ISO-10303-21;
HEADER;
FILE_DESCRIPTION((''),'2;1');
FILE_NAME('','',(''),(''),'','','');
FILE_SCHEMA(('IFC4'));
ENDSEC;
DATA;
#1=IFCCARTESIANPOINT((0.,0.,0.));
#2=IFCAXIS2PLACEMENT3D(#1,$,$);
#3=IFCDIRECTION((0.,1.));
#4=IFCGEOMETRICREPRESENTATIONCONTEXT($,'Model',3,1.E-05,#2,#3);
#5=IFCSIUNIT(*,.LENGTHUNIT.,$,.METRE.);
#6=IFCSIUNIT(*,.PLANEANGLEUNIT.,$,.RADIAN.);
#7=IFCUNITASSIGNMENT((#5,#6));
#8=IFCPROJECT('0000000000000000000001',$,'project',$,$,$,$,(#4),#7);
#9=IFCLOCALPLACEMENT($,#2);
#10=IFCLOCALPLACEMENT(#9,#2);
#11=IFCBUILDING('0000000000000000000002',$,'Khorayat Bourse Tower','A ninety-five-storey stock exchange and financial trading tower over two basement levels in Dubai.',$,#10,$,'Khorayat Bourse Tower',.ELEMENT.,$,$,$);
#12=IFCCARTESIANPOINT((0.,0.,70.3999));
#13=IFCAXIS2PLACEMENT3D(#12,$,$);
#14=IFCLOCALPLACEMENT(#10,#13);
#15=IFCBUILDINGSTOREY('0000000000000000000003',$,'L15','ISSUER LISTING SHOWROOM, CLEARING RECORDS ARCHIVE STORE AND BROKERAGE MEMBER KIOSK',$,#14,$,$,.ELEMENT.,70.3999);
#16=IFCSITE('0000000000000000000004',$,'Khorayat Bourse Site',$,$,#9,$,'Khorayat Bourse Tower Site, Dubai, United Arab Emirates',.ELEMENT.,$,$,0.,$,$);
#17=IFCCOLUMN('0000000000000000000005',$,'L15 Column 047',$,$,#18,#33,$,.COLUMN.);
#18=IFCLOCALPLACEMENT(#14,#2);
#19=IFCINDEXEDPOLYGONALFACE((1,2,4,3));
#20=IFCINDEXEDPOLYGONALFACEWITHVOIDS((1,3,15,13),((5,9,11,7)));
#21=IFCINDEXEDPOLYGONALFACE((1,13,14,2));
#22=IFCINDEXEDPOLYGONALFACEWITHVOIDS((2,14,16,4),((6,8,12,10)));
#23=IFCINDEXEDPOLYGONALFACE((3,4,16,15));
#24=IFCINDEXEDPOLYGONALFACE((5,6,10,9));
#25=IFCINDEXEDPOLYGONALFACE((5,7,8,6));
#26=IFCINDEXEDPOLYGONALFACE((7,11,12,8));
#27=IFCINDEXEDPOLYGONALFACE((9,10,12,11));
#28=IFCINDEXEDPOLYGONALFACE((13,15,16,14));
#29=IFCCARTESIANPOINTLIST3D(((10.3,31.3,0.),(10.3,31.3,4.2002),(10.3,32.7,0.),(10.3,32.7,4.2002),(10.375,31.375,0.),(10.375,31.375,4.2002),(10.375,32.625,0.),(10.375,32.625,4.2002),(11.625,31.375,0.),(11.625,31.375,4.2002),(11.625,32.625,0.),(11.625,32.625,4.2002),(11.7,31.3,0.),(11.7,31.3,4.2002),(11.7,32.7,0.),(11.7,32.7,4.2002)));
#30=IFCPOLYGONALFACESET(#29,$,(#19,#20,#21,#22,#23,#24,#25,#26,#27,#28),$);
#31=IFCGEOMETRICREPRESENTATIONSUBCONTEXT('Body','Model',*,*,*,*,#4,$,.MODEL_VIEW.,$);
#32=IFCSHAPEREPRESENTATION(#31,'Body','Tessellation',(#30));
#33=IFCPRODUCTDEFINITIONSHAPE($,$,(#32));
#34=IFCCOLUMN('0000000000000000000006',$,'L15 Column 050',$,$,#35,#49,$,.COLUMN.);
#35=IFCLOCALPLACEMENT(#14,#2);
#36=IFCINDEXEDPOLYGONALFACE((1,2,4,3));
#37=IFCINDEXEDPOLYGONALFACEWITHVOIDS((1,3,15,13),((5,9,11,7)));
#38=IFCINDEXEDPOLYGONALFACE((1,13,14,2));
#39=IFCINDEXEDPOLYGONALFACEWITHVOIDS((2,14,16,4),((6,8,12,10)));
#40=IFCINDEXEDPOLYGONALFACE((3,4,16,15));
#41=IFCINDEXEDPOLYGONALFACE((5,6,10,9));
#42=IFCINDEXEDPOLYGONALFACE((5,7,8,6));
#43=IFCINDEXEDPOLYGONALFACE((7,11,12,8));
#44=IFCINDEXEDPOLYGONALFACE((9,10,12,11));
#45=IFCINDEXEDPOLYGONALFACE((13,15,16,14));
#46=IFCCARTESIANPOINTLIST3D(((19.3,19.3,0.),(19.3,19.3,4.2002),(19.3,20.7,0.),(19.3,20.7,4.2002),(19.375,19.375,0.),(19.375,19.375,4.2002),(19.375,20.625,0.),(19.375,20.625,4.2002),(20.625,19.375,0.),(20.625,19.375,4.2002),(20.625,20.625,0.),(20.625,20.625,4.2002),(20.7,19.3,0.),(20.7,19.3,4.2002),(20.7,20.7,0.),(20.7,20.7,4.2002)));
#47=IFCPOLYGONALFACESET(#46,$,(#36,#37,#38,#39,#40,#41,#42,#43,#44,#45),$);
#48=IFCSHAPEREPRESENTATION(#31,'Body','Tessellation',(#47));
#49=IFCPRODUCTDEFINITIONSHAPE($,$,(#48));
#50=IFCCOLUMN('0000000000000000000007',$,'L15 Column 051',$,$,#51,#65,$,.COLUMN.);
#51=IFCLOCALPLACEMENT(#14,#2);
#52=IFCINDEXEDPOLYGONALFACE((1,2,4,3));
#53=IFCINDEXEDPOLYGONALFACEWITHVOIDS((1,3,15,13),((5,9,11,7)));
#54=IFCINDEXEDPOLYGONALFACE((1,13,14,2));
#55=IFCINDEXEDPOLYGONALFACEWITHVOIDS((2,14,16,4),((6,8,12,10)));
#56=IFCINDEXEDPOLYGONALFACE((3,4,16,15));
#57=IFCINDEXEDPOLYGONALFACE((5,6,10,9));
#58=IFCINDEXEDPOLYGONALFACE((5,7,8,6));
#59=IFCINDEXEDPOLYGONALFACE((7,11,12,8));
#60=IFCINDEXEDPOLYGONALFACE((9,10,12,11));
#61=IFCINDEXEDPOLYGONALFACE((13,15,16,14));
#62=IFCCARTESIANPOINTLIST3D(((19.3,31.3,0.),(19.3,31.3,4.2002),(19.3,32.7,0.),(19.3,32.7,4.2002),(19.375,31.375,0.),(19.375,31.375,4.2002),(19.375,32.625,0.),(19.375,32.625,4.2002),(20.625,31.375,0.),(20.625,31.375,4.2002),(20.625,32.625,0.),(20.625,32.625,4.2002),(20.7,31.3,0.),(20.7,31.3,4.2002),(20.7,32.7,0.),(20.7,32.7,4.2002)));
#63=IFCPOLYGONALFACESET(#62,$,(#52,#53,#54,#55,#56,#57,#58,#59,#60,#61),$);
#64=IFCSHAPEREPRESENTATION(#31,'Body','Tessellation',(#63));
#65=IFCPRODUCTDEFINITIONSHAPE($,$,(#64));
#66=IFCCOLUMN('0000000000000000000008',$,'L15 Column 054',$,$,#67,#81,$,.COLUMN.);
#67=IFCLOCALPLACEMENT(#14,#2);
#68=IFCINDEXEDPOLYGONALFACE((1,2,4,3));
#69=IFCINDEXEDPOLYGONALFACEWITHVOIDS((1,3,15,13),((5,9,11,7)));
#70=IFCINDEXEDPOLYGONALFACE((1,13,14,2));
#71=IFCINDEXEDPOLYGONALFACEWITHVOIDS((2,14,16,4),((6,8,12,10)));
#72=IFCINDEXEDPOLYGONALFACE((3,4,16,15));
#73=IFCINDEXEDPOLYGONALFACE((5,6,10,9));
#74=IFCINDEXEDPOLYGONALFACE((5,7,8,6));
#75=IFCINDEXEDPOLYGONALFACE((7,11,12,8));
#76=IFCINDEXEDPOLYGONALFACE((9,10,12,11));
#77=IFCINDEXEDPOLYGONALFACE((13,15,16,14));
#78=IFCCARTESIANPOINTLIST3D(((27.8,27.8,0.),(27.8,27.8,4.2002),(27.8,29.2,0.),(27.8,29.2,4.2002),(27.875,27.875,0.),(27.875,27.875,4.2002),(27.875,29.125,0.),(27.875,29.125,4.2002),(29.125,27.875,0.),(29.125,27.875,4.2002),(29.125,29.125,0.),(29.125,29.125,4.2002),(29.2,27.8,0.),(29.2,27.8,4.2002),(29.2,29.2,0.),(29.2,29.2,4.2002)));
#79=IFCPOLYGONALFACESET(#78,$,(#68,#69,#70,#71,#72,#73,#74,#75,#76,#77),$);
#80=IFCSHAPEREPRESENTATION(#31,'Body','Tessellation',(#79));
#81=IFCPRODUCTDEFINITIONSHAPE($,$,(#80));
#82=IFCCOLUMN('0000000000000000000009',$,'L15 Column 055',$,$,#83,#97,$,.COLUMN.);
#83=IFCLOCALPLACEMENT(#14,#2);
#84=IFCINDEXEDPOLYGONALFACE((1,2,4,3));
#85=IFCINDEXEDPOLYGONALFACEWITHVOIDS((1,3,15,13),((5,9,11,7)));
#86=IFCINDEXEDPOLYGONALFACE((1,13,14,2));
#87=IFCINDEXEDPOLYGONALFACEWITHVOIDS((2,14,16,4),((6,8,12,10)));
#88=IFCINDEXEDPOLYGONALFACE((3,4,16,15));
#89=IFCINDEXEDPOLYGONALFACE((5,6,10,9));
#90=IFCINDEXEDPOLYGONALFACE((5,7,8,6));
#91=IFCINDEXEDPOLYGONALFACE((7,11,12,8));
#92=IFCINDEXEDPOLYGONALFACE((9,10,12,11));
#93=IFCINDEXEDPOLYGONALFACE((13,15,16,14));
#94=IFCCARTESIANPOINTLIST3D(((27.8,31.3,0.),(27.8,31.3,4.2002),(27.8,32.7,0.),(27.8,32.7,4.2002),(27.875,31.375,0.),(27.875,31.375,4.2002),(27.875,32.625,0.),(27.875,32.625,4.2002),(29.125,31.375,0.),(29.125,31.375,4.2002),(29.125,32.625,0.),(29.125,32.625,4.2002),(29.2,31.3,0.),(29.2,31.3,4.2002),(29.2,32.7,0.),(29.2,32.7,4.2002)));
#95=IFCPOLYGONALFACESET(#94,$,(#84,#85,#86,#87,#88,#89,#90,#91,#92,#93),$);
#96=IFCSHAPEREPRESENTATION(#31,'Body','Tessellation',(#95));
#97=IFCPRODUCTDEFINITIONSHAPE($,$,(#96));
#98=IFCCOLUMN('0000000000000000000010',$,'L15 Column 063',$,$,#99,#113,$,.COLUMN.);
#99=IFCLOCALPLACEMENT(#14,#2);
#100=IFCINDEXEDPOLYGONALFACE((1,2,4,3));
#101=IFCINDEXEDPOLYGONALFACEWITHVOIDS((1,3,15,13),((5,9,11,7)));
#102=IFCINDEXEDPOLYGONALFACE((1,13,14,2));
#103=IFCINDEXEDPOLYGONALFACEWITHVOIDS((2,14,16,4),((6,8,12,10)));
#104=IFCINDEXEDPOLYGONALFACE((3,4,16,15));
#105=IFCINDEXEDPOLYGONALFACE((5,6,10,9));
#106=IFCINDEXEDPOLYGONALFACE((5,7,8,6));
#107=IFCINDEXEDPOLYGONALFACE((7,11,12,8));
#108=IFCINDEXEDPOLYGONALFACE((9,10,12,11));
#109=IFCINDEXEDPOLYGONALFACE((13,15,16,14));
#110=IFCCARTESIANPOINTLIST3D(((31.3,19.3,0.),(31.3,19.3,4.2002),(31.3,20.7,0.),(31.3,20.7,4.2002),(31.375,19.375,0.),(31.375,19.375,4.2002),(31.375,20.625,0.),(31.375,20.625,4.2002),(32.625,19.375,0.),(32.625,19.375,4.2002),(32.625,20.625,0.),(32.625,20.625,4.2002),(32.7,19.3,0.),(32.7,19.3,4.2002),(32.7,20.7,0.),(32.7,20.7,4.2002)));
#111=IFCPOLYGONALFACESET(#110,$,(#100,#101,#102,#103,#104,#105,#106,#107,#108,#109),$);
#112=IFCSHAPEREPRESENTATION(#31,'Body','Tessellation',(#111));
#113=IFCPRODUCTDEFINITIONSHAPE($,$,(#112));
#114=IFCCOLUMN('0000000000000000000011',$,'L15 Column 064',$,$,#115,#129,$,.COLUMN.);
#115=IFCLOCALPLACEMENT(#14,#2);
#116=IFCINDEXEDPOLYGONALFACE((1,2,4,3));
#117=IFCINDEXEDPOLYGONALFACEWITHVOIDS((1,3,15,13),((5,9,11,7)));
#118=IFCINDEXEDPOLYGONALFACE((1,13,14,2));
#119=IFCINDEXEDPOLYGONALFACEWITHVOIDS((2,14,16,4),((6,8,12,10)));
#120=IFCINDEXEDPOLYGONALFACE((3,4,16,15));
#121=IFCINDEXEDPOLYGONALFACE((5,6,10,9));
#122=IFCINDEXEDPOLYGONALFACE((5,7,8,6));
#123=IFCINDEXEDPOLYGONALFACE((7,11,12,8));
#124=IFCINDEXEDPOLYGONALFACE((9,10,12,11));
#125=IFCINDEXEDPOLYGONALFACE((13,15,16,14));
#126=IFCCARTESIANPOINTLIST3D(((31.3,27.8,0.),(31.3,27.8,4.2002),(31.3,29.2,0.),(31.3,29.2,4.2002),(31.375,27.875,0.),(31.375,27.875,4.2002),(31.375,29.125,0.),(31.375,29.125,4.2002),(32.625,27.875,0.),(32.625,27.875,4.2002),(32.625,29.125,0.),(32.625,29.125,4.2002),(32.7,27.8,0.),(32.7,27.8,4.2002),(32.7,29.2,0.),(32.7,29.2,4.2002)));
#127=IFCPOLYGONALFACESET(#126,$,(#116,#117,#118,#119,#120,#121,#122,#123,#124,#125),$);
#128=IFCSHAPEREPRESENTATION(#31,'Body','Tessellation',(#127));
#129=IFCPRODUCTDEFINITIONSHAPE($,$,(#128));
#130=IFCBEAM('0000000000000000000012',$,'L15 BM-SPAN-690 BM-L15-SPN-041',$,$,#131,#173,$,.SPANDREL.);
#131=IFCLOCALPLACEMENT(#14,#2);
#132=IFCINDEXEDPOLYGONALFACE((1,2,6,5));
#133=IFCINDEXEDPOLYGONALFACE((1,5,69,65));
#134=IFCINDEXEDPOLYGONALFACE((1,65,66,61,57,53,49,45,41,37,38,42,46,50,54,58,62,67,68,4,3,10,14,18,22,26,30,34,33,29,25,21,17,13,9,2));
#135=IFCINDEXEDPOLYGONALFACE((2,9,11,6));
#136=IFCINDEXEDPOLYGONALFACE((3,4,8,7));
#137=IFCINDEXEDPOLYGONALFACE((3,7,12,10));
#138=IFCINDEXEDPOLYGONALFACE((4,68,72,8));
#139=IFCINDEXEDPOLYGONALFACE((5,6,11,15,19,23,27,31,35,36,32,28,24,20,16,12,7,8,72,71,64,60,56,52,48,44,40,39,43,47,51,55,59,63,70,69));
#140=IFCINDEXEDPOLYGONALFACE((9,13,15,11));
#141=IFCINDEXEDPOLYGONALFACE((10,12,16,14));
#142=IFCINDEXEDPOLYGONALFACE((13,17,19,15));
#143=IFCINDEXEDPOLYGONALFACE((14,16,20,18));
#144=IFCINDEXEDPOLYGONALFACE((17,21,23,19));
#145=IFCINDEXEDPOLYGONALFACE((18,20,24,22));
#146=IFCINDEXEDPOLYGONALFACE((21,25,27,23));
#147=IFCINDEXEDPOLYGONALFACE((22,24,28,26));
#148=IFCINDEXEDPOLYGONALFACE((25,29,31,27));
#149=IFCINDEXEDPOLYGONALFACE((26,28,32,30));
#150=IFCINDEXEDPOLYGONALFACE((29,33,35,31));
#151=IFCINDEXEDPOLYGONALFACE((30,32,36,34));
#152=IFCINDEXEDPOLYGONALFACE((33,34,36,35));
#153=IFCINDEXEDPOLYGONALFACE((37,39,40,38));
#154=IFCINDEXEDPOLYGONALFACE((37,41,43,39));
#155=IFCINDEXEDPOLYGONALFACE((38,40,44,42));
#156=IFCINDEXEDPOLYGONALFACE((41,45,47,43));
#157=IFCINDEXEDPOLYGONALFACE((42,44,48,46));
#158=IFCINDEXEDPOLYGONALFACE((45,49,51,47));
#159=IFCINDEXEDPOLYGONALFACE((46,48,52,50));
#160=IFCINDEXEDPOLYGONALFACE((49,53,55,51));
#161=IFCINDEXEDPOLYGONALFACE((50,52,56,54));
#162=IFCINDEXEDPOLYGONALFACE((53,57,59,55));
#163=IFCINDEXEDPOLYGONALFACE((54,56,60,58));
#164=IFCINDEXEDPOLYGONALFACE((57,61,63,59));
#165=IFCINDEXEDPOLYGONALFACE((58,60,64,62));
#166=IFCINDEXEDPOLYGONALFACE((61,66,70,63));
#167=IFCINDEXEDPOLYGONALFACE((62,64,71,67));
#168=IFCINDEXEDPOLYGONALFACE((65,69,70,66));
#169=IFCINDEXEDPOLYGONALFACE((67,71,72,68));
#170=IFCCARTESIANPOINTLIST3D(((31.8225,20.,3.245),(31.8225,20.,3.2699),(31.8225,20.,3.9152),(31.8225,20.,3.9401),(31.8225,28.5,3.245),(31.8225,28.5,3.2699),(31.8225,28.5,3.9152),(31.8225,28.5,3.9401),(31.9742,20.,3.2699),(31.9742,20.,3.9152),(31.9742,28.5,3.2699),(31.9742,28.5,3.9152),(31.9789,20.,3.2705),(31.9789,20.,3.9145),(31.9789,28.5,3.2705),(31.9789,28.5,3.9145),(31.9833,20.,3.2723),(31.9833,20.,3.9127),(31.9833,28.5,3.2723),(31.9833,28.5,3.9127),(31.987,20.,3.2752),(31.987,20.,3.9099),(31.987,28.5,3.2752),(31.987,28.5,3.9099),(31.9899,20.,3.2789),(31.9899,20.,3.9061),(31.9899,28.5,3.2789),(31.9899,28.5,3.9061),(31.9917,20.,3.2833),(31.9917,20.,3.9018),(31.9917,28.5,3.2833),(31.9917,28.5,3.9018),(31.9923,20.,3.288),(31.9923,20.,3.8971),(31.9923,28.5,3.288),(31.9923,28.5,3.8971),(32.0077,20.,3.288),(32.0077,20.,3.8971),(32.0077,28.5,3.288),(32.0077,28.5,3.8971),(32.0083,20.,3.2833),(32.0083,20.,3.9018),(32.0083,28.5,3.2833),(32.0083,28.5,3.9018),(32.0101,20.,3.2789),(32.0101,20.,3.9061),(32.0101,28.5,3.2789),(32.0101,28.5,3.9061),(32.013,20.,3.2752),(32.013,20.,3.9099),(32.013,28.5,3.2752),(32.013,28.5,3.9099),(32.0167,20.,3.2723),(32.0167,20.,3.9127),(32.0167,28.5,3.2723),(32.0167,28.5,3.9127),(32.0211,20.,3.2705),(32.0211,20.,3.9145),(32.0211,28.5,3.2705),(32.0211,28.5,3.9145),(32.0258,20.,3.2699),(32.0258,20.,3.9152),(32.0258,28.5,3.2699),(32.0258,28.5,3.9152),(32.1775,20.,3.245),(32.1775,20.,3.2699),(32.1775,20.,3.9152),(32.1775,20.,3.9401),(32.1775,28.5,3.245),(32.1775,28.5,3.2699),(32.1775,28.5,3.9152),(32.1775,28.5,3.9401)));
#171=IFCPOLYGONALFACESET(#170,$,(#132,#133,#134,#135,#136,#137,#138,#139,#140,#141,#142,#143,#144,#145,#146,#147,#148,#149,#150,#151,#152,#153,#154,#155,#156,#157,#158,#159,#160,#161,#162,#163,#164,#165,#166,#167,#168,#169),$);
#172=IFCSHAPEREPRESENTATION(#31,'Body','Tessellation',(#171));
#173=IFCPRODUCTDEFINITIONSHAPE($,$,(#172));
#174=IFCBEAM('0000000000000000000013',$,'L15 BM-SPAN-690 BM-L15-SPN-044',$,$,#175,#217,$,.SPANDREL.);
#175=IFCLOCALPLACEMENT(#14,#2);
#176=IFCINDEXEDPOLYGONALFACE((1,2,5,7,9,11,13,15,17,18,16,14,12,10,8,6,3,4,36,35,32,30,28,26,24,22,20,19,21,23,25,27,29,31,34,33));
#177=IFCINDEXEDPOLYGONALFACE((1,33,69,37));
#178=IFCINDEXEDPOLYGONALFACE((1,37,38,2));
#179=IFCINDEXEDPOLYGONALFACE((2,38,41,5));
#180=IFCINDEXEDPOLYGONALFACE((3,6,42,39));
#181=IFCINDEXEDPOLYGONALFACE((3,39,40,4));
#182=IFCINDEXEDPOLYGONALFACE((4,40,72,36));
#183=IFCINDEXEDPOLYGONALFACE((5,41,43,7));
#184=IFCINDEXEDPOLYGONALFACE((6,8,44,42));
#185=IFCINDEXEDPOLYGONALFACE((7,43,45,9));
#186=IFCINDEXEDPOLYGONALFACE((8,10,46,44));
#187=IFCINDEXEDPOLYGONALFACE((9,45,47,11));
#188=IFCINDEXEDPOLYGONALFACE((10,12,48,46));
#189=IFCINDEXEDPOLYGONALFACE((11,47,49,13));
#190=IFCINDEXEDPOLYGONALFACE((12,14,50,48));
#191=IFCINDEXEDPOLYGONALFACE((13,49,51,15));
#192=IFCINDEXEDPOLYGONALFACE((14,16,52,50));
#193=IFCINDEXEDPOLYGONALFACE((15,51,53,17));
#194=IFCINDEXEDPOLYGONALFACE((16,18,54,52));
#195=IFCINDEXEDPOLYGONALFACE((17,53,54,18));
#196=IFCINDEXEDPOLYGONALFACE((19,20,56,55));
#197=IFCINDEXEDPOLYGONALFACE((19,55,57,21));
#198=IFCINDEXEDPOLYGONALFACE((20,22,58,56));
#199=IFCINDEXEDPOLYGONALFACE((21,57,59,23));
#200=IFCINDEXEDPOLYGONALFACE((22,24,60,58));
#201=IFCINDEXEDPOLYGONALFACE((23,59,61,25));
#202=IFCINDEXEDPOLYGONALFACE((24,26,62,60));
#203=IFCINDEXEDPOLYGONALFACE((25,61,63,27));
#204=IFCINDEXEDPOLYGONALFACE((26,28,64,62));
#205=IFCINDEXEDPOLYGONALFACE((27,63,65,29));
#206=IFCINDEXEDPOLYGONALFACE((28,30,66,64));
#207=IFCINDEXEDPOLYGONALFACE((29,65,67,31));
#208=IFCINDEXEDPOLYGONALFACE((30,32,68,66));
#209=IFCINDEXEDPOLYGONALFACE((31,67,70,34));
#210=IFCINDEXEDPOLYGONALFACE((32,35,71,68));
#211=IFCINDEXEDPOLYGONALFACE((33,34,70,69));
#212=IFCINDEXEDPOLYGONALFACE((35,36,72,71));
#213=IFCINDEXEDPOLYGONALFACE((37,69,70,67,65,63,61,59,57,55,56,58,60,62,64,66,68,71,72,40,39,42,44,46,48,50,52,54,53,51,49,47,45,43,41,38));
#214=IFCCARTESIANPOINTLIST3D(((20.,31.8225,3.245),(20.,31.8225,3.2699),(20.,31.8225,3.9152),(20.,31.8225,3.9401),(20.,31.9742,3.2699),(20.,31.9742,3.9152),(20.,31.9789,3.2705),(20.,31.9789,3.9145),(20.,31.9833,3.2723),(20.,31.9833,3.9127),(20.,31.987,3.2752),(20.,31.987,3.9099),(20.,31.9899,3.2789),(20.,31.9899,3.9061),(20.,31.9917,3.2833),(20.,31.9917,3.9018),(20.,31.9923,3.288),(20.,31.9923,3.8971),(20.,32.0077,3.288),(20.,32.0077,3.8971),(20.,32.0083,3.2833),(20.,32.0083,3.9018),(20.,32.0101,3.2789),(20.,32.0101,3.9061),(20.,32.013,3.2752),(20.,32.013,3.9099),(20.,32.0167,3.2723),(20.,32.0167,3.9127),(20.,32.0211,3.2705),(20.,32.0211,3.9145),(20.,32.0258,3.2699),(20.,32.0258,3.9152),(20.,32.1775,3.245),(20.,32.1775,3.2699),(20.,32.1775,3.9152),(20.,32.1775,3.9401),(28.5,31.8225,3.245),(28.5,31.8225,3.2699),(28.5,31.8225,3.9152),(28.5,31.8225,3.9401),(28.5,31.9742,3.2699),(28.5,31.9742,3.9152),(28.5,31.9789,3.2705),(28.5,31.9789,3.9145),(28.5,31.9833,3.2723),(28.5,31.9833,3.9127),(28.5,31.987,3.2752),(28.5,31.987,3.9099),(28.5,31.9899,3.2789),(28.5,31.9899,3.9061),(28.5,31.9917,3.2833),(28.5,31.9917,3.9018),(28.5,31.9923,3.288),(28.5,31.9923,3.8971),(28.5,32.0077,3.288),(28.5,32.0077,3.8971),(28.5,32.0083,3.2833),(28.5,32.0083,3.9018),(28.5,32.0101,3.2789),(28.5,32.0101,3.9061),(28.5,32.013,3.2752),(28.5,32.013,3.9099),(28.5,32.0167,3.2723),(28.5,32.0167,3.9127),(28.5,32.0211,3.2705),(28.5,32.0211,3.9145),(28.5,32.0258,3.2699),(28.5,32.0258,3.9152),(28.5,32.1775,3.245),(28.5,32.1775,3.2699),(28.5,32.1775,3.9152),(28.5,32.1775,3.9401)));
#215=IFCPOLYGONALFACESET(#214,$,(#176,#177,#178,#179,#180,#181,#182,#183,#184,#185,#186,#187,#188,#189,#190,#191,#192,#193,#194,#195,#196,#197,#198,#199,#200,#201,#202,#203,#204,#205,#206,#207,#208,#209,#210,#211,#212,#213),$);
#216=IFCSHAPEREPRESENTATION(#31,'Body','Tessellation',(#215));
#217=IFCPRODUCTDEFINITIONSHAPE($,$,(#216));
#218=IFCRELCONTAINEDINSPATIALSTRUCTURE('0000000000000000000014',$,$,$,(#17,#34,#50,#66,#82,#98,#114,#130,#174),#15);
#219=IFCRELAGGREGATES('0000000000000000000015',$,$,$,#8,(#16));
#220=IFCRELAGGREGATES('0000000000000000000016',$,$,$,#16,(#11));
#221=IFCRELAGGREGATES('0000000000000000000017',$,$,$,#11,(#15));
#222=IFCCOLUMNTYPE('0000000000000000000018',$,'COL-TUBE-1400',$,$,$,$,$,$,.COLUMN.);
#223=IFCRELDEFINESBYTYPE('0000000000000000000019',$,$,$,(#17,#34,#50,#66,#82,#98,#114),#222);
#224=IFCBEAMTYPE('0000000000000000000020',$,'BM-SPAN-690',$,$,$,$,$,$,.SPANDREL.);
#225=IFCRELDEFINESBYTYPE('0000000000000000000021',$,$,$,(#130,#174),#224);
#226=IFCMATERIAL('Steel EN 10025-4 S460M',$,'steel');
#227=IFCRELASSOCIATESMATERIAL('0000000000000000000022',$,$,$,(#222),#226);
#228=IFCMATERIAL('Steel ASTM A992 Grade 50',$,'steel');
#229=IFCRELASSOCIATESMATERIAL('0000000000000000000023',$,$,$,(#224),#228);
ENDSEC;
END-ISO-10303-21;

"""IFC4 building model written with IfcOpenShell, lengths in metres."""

from ifc_helpers import new_model, si_unit, direction, frame, origin, origin_2d, place, context, subcontext, project, spatial, hollow_rectangle, i_section, extrude, source, transform, mapped, material, material_profile, profile_set, type_object, element, save


model = new_model("IFC4")

# Units and contexts
model_context = context("Model", 3, precision=1e-05, world=origin(), true_north=direction((0.0, 1.0)))
body_context = subcontext(model_context, "Body", "Model", "MODEL_VIEW")
ifc_project = project(units=[si_unit("LENGTHUNIT", "METRE"), si_unit("PLANEANGLEUNIT", "RADIAN")], contexts=[model_context])

# Site, building, storey
site_placement = place(None, origin())
site = spatial("IfcSite", under=ifc_project, at=site_placement, Name="Khorayat Bourse Site", LongName="Khorayat Bourse Tower Site, Dubai, United Arab Emirates", CompositionType="ELEMENT", RefElevation=0.0)
building_placement = place(site_placement, origin())
building = spatial("IfcBuilding", under=site, at=building_placement, Name="Khorayat Bourse Tower", Description="A ninety-five-storey stock exchange and financial trading tower over two basement levels in Dubai.", LongName="Khorayat Bourse Tower", CompositionType="ELEMENT")
storey_placement = place(building_placement, frame((0.0, 0.0, 70.3999)))
storey = spatial("IfcBuildingStorey", under=building, at=storey_placement, Name="L15", Description="ISSUER LISTING SHOWROOM, CLEARING RECORDS ARCHIVE STORE AND BROKERAGE MEMBER KIOSK", CompositionType="ELEMENT", Elevation=70.3999)

# Columns
ifc_material_1 = material(Name="Steel EN 10025-4 S460M", Category="steel")
ifc_material_profile_1 = material_profile(ifc_material_1, hollow_rectangle(XDim=1.3999, YDim=1.3999, WallThickness=0.075, at=origin_2d()), Name="BOX 1400x1400x75")
ifc_profile_set_1 = profile_set([ifc_material_profile_1], Name="Steel EN 10025-4 S460M")
column_type = type_object("IfcColumnType", Name="COL-TUBE-1400", PredefinedType="COLUMN", material=ifc_profile_set_1)
shared_shape_1 = source(origin(), body_context, "Body", "SweptSolid", [
    extrude(hollow_rectangle(XDim=1.3999, YDim=1.3999, WallThickness=0.075, at=origin_2d()), origin(), (0.0, 0.0, 1.0), 4.2002),
])
for number, where, z_axis, x_axis, name in (
    (1, (11.0, 32.0, 0.0), (0.0, 0.0, 1.0), (1.0, 0.0, 0.0), "L15 Column 047"),
    (2, (20.0, 20.0, 0.0), (0.0, 0.0, 1.0), (1.0, 0.0, 0.0), "L15 Column 050"),
    (3, (20.0, 32.0, 0.0), (0.0, 0.0, 1.0), (1.0, 0.0, 0.0), "L15 Column 051"),
    (4, (28.5, 28.5, 0.0), (0.0, 0.0, 1.0), (1.0, 0.0, 0.0), "L15 Column 054"),
    (5, (28.5, 32.0, 0.0), (0.0, 0.0, 1.0), (1.0, 0.0, 0.0), "L15 Column 055"),
    (6, (32.0, 20.0, 0.0), (0.0, 0.0, 1.0), (1.0, 0.0, 0.0), "L15 Column 063"),
    (7, (32.0, 28.5, 0.0), (0.0, 0.0, 1.0), (1.0, 0.0, 0.0), "L15 Column 064"),
):
    element("IfcColumn", number, at=place(storey_placement, frame(where, z_axis=z_axis, x_axis=x_axis)), inside=storey, type_object=column_type, Name=name, PredefinedType="COLUMN", context=body_context, shape_type="MappedRepresentation", body=[
        mapped(shared_shape_1, transform((0.0, 0.0, 0.0), scale=1.0)),
    ])

# Beams
ifc_material_2 = material(Name="Steel ASTM A992 Grade 50", Category="steel")
ifc_material_profile_2 = material_profile(ifc_material_2, i_section(OverallWidth=0.355, OverallDepth=0.6951, WebThickness=0.0154, FlangeThickness=0.0249, FilletRadius=0.0181, at=origin_2d()), Name="W690X217")
ifc_profile_set_2 = profile_set([ifc_material_profile_2], Name="Steel ASTM A992 Grade 50")
beam_type_1 = type_object("IfcBeamType", Name="BM-SPAN-690", PredefinedType="SPANDREL", material=ifc_profile_set_2)
shared_shape_2 = source(origin(), body_context, "Body", "SweptSolid", [
    extrude(i_section(OverallWidth=0.355, OverallDepth=0.6951, WebThickness=0.0154, FlangeThickness=0.0249, FilletRadius=0.0181, at=origin_2d()), origin(), (0.0, 0.0, 1.0), 8.5),
])
for number, where, z_axis, x_axis, name in (
    (8, (32.0, 20.0, 3.5925), (0.0, 1.0, 0.0), (-1.0, 0.0, 0.0), "L15 BM-SPAN-690 BM-L15-SPN-041"),
    (9, (20.0, 32.0, 3.5925), (1.0, 0.0, 0.0), (0.0, 1.0, 0.0), "L15 BM-SPAN-690 BM-L15-SPN-044"),
):
    element("IfcBeam", number, at=place(storey_placement, frame(where, z_axis=z_axis, x_axis=x_axis)), inside=storey, type_object=beam_type_1, Name=name, PredefinedType="SPANDREL", context=body_context, shape_type="MappedRepresentation", body=[
        mapped(shared_shape_2, transform((0.0, 0.0, 0.0), scale=1.0)),
    ])

save(model, "model.ifc")
